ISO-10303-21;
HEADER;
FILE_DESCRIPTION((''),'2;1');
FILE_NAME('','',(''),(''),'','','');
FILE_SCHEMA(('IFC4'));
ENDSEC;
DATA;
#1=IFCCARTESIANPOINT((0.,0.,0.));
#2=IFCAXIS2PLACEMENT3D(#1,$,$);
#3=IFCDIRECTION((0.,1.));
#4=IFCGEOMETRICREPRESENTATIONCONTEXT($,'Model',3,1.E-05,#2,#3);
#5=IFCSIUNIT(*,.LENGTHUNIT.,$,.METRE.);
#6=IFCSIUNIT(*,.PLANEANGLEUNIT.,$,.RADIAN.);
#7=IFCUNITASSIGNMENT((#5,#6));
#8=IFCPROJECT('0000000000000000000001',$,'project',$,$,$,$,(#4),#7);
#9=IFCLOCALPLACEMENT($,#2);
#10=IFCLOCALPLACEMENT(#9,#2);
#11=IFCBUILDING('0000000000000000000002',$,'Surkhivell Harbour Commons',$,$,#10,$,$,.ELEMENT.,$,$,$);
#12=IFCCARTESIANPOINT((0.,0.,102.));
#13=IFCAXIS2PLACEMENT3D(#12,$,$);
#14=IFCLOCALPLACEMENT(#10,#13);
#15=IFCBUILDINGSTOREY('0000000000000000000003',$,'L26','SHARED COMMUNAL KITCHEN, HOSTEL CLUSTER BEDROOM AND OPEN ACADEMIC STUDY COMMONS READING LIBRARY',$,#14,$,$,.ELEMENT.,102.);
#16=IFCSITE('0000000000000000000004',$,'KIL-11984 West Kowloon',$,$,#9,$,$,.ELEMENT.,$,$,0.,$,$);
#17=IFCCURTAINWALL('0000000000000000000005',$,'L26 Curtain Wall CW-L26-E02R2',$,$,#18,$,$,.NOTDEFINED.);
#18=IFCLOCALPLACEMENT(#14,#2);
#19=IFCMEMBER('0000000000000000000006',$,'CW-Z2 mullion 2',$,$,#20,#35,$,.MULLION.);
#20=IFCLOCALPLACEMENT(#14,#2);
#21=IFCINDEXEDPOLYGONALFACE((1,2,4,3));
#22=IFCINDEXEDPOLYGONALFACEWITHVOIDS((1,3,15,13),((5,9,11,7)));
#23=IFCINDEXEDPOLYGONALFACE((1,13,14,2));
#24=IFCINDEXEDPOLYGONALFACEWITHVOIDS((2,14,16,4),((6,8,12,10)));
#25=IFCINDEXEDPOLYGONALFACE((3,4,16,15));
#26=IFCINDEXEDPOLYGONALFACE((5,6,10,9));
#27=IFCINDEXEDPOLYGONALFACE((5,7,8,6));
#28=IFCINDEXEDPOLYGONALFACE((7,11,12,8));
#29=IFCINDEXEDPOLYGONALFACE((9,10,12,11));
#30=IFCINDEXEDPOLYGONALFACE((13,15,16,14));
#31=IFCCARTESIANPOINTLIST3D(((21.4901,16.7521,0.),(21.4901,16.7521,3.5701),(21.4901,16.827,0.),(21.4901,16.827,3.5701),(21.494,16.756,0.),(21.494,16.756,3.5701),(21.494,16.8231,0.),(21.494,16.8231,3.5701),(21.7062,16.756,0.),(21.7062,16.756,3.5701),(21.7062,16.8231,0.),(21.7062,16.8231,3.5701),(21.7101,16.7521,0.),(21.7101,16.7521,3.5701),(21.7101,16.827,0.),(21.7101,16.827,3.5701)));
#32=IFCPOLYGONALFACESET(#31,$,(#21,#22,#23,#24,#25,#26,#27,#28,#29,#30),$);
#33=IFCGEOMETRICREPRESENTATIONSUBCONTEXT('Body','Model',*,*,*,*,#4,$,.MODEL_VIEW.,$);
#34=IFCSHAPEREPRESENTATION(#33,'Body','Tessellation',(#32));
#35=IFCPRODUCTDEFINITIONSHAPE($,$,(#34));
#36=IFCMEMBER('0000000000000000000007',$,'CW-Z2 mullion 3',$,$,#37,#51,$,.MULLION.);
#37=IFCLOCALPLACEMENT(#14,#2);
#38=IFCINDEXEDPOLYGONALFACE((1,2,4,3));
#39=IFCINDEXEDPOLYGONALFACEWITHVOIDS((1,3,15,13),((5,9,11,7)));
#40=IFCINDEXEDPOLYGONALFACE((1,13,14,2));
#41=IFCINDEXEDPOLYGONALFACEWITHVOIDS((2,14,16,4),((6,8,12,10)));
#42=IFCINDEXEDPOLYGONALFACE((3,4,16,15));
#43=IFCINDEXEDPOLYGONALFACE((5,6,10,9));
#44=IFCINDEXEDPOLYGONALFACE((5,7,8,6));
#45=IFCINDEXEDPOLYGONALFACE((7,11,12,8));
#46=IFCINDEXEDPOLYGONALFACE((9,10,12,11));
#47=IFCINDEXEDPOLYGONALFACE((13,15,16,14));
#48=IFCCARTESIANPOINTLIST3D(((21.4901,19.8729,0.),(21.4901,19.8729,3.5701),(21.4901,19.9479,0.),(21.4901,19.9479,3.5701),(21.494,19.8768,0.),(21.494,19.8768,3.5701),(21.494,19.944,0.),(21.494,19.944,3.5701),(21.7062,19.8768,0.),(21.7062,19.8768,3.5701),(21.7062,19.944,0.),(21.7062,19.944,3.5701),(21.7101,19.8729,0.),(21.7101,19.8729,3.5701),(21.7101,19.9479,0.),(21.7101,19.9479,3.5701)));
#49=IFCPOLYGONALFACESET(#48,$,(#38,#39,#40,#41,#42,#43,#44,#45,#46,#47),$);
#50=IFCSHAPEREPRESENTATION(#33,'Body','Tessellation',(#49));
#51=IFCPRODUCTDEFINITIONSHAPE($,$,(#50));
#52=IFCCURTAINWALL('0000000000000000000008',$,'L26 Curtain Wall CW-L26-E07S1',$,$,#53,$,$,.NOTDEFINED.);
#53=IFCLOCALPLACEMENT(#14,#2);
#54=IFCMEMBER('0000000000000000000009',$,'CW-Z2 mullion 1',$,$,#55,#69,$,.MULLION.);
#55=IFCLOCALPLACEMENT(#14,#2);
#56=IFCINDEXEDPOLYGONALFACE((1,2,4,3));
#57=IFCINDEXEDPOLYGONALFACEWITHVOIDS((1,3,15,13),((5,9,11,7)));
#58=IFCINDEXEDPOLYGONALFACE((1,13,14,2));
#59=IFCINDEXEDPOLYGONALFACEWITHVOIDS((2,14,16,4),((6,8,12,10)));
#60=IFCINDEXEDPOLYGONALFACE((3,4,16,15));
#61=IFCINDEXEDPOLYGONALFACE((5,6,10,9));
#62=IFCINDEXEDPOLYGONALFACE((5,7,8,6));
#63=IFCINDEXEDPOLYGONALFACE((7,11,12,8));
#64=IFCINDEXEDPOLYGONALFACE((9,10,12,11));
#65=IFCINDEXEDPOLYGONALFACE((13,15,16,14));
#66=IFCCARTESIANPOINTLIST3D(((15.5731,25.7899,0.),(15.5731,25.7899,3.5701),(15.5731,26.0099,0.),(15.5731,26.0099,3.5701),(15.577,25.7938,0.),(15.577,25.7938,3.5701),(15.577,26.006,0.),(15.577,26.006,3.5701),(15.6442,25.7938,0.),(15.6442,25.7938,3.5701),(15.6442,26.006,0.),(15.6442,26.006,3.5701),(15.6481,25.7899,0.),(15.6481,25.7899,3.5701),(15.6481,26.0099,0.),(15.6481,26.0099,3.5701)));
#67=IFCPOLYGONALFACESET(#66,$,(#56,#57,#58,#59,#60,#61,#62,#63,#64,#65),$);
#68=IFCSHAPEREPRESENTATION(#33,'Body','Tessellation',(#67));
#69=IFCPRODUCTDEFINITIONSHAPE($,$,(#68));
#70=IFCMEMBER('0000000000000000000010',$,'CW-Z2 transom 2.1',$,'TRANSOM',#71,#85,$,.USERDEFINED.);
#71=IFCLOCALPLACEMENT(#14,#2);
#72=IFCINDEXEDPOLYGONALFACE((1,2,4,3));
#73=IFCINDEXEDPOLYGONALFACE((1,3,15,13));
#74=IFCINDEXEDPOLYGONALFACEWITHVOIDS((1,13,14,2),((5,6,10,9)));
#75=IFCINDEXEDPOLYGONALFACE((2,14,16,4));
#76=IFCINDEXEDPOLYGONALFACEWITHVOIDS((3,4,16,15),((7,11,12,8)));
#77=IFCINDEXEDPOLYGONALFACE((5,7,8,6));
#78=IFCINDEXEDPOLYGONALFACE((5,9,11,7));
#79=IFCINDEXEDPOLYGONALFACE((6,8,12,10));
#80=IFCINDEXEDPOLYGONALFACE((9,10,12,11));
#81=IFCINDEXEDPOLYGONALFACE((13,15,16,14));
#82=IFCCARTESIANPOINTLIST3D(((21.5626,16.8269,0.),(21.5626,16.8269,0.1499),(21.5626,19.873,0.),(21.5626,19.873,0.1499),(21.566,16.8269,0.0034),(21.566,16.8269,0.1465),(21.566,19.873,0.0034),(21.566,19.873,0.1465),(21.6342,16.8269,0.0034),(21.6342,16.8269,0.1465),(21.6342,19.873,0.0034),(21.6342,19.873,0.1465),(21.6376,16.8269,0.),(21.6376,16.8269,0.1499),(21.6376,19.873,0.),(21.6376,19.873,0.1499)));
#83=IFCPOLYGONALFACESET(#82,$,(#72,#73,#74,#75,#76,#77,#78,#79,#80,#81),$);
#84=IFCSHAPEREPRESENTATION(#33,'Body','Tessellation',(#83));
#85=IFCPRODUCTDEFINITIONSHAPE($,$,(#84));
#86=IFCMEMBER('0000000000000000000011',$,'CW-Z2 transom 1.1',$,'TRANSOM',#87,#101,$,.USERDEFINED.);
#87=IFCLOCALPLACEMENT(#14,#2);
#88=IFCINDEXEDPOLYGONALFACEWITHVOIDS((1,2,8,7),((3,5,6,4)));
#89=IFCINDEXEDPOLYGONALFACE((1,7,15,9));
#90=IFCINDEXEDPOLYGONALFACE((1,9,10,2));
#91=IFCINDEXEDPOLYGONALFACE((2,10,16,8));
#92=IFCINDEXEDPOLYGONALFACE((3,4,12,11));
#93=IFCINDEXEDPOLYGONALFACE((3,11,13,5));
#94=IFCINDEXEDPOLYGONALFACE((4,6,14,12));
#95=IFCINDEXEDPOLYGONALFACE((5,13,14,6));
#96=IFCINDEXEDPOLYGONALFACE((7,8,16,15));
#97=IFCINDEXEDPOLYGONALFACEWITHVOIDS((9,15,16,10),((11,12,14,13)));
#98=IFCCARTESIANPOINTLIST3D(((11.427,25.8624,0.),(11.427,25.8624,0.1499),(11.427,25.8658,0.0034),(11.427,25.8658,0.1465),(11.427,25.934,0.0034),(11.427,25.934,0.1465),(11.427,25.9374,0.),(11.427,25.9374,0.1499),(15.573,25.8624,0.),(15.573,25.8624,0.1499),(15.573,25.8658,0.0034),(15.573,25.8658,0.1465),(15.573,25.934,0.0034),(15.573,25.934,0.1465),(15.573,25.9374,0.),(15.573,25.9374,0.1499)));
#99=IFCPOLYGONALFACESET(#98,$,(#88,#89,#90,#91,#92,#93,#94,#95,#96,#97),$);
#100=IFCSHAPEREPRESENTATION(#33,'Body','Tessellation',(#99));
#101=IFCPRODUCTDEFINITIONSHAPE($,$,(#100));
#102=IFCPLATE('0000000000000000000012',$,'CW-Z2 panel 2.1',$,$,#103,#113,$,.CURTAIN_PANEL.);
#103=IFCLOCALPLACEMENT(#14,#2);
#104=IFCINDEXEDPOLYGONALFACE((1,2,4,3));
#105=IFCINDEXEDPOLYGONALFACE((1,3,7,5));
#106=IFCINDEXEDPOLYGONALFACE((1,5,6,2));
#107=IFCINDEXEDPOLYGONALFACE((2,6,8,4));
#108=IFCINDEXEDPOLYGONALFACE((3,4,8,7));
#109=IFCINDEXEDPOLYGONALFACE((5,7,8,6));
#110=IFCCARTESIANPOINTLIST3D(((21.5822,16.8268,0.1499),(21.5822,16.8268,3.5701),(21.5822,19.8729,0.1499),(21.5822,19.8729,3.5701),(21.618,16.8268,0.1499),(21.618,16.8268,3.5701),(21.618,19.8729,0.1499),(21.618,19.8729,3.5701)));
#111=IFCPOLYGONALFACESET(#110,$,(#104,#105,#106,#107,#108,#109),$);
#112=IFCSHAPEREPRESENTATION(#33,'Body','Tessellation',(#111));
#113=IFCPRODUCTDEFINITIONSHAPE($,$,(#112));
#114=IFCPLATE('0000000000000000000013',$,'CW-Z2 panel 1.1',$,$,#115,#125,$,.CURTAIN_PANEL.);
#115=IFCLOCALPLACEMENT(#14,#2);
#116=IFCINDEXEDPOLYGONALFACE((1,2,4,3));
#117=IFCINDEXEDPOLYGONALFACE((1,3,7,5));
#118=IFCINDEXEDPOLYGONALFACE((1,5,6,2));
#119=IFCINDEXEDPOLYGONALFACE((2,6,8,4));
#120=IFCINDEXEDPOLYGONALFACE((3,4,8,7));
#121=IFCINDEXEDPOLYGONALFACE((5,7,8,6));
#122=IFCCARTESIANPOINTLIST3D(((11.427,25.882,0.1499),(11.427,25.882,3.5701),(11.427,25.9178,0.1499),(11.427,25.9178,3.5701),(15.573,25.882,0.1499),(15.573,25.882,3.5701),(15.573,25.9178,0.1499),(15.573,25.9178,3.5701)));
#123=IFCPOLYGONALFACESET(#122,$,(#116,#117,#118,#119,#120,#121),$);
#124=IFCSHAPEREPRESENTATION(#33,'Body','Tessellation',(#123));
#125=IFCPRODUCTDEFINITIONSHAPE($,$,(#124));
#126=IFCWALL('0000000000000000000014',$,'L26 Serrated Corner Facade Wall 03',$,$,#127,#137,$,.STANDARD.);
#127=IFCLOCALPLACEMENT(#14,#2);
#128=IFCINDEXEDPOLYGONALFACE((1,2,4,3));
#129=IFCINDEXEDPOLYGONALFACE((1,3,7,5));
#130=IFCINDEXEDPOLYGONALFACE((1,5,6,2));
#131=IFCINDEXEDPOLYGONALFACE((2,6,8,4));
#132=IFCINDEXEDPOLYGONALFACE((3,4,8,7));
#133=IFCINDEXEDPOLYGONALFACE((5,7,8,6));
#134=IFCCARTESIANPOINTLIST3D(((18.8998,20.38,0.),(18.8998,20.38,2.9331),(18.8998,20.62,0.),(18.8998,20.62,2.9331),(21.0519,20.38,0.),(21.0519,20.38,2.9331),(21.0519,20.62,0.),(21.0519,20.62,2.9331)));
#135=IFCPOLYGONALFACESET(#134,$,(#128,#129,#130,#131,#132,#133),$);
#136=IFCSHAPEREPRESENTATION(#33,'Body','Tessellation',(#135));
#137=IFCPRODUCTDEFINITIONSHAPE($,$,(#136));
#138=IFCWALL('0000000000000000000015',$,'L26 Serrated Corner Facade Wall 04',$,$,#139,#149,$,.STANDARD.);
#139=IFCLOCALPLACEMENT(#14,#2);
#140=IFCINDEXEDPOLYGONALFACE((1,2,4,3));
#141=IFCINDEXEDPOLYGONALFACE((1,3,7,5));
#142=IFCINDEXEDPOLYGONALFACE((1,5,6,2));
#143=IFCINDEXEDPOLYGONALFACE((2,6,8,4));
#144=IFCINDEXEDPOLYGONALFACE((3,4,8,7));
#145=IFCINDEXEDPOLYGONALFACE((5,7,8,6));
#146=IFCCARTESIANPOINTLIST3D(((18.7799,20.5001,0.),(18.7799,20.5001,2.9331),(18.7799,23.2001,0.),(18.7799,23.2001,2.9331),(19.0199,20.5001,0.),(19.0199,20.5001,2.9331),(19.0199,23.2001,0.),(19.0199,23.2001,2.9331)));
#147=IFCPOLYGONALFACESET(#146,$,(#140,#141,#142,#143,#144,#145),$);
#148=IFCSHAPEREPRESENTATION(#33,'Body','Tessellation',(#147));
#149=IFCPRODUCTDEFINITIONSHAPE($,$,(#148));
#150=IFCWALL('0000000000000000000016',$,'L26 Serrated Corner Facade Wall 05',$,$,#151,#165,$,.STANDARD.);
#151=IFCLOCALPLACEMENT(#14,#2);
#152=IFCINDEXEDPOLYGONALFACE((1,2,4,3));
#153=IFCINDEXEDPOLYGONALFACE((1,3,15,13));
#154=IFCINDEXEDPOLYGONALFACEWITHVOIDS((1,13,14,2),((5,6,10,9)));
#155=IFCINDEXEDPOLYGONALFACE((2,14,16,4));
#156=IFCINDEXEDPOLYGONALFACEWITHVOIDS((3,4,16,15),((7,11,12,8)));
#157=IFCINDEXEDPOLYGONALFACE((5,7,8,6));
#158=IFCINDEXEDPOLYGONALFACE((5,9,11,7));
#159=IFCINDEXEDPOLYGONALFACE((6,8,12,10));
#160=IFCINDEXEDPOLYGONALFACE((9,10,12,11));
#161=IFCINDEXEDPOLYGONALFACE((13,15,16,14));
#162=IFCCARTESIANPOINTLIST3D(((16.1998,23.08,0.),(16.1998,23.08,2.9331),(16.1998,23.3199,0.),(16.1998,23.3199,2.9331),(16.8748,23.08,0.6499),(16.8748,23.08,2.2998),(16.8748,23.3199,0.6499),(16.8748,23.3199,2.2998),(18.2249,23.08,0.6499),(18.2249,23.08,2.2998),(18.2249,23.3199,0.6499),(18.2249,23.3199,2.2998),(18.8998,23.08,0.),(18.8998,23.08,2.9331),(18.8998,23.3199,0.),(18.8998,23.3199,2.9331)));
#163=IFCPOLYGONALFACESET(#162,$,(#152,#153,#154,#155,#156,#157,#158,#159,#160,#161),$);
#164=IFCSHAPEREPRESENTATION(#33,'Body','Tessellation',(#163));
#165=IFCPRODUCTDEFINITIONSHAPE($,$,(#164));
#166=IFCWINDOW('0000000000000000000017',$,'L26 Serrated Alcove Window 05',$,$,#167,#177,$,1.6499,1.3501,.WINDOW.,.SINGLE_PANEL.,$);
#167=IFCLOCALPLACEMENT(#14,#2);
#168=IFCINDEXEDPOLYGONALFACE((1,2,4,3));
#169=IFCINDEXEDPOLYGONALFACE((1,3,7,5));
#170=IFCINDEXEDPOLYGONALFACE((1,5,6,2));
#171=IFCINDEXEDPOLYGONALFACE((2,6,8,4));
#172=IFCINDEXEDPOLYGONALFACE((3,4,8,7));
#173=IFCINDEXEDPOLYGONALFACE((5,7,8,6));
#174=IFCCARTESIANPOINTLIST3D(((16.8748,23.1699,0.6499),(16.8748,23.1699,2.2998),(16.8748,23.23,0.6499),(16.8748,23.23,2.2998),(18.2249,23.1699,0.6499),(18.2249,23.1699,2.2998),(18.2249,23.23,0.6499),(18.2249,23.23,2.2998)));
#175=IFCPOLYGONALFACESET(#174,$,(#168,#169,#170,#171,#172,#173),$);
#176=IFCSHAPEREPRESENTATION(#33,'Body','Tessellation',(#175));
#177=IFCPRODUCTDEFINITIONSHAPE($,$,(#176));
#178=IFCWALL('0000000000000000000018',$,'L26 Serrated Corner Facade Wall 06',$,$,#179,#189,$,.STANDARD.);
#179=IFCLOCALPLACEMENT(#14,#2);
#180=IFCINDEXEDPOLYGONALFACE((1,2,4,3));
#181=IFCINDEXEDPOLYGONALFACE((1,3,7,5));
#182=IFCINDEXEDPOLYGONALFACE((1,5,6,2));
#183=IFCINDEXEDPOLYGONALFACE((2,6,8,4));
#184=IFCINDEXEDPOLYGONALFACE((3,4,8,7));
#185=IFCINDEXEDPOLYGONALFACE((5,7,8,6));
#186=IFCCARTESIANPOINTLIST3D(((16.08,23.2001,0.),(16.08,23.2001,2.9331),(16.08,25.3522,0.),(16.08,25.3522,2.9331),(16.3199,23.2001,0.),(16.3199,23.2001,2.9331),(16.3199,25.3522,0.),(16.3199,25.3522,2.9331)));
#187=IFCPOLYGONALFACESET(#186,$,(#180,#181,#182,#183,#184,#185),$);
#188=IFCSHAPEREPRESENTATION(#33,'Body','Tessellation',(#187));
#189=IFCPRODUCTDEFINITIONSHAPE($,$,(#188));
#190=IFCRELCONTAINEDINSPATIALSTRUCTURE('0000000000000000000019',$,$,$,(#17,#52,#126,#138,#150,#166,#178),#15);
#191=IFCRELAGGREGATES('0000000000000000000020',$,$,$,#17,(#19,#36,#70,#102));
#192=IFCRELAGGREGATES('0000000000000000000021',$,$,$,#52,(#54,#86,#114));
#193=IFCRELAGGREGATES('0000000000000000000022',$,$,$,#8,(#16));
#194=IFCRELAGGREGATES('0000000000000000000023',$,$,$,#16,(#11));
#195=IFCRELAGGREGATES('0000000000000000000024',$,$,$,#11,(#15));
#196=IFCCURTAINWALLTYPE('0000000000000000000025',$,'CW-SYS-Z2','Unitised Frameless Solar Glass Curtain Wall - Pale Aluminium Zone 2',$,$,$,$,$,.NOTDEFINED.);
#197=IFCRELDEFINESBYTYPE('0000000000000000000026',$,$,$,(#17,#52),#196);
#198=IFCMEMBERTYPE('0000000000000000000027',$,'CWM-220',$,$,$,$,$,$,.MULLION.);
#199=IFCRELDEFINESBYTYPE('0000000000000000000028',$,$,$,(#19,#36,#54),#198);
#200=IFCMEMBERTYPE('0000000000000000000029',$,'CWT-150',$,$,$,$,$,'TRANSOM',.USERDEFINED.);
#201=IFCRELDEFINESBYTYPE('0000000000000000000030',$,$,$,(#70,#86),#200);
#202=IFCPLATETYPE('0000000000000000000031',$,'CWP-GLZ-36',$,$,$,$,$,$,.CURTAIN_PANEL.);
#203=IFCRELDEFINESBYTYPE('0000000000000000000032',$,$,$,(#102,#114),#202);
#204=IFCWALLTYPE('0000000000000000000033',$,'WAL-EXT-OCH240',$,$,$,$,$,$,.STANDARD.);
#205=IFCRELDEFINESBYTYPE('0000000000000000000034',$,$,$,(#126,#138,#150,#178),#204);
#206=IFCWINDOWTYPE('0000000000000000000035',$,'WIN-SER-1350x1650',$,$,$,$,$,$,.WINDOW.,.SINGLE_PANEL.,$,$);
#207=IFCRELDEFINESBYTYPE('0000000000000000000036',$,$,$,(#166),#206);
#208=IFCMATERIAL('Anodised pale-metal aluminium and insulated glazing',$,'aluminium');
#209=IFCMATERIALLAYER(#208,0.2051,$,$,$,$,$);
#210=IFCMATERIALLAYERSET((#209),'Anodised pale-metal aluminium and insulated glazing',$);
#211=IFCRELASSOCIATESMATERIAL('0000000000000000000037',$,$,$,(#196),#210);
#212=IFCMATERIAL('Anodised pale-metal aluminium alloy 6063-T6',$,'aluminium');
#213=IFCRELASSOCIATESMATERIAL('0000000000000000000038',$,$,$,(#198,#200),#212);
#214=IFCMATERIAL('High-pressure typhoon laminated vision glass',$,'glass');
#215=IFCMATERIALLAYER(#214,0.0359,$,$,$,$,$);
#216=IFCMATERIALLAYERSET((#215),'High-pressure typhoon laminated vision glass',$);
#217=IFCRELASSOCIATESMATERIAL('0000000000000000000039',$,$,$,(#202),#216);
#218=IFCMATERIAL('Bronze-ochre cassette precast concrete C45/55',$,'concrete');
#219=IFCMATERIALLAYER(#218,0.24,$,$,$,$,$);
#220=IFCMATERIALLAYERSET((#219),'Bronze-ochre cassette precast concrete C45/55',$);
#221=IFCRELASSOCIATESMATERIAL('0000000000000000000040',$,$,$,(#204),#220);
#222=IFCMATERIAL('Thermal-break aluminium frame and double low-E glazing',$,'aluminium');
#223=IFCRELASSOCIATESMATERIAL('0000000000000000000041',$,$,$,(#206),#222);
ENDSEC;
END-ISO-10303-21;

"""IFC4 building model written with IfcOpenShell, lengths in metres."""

from ifc_helpers import new_model, si_unit, direction, frame, frame_2d, origin, origin_2d, place, context, subcontext, project, spatial, rectangle, hollow_rectangle, extrude, material, layer, layer_set, material_profile, profile_set, type_object, element, fill, aggregate, save


model = new_model("IFC4")

# Units and contexts
model_context = context("Model", 3, precision=1e-05, world=origin(), true_north=direction((0.0, 1.0)))
body_context = subcontext(model_context, "Body", "Model", "MODEL_VIEW")
ifc_project = project(units=[si_unit("LENGTHUNIT", "METRE"), si_unit("PLANEANGLEUNIT", "RADIAN")], contexts=[model_context])

# Site, building, storey
site_placement = place(None, origin())
site = spatial("IfcSite", under=ifc_project, at=site_placement, Name="KIL-11984 West Kowloon", CompositionType="ELEMENT", RefElevation=0.0)
building_placement = place(site_placement, origin())
building = spatial("IfcBuilding", under=site, at=building_placement, Name="Surkhivell Harbour Commons", CompositionType="ELEMENT")
storey_placement = place(building_placement, frame((0.0, 0.0, 102.0)))
storey = spatial("IfcBuildingStorey", under=building, at=storey_placement, Name="L26", Description="SHARED COMMUNAL KITCHEN, HOSTEL CLUSTER BEDROOM AND OPEN ACADEMIC STUDY COMMONS READING LIBRARY", CompositionType="ELEMENT", Elevation=102.0)

# Curtain wall, members
ifc_material_1 = material(Name="Anodised pale-metal aluminium and insulated glazing", Category="aluminium")
ifc_layer_1 = layer(ifc_material_1, 0.2051)
ifc_layer_set_1 = layer_set([ifc_layer_1], Name="Anodised pale-metal aluminium and insulated glazing")
curtain_wall_type = type_object("IfcCurtainWallType", Name="CW-SYS-Z2", Description="Unitised Frameless Solar Glass Curtain Wall - Pale Aluminium Zone 2", PredefinedType="NOTDEFINED", material=ifc_layer_set_1)
curtain_wall_1_placement = place(storey_placement, origin())
curtain_wall_1 = element("IfcCurtainWall", 1, at=curtain_wall_1_placement, inside=storey, type_object=curtain_wall_type, Name="L26 Curtain Wall CW-L26-E02R2", PredefinedType="NOTDEFINED")
ifc_material_2 = material(Name="Anodised pale-metal aluminium alloy 6063-T6", Category="aluminium")
ifc_material_profile_1 = material_profile(ifc_material_2, hollow_rectangle(XDim=0.075, YDim=0.22, WallThickness=0.0039, at=origin_2d()), Name="ALU-MULL-75x220")
ifc_profile_set_1 = profile_set([ifc_material_profile_1], Name="Anodised pale-metal aluminium alloy 6063-T6")
member_type_1 = type_object("IfcMemberType", Name="CWM-220", PredefinedType="MULLION", material=ifc_profile_set_1)
member_1_placement = place(storey_placement, frame((21.6001, 16.7896, 0.0), z_axis=(0.0, 0.0, 1.0), x_axis=(0.0, 1.0, 0.0)))
member_1 = element("IfcMember", 2, at=member_1_placement, type_object=member_type_1, Name="CW-Z2 mullion 2", PredefinedType="MULLION", context=body_context, shape_type="SweptSolid", body=[
    extrude(hollow_rectangle(XDim=0.075, YDim=0.22, WallThickness=0.0039, at=origin_2d()), origin(), (0.0, 0.0, 1.0), 3.5701),
])
member_2_placement = place(storey_placement, frame((21.6001, 19.9104, 0.0), z_axis=(0.0, 0.0, 1.0), x_axis=(0.0, 1.0, 0.0)))
member_2 = element("IfcMember", 3, at=member_2_placement, type_object=member_type_1, Name="CW-Z2 mullion 3", PredefinedType="MULLION", context=body_context, shape_type="SweptSolid", body=[
    extrude(hollow_rectangle(XDim=0.075, YDim=0.22, WallThickness=0.0039, at=origin_2d()), origin(), (0.0, 0.0, 1.0), 3.5701),
])

# Curtain wall, member
curtain_wall_2_placement = place(storey_placement, origin())
curtain_wall_2 = element("IfcCurtainWall", 4, at=curtain_wall_2_placement, inside=storey, type_object=curtain_wall_type, Name="L26 Curtain Wall CW-L26-E07S1", PredefinedType="NOTDEFINED")
member_3_placement = place(storey_placement, frame((15.6106, 25.8999, 0.0), z_axis=(0.0, 0.0, 1.0), x_axis=(-1.0, 0.0, 0.0)))
member_3 = element("IfcMember", 5, at=member_3_placement, type_object=member_type_1, Name="CW-Z2 mullion 1", PredefinedType="MULLION", context=body_context, shape_type="SweptSolid", body=[
    extrude(hollow_rectangle(XDim=0.075, YDim=0.22, WallThickness=0.0039, at=origin_2d()), origin(), (0.0, 0.0, 1.0), 3.5701),
])

# Members
ifc_material_profile_2 = material_profile(ifc_material_2, hollow_rectangle(XDim=0.075, YDim=0.1499, WallThickness=0.0034, at=origin_2d()), Name="ALU-TRAN-75x150")
ifc_profile_set_2 = profile_set([ifc_material_profile_2], Name="Anodised pale-metal aluminium alloy 6063-T6")
member_type_2 = type_object("IfcMemberType", Name="CWT-150", ElementType="TRANSOM", PredefinedType="USERDEFINED", material=ifc_profile_set_2)
member_4_placement = place(storey_placement, frame((21.6001, 16.8269, 0.075), z_axis=(0.0, 1.0, 0.0), x_axis=(-1.0, 0.0, 0.0)))
member_4 = element("IfcMember", 6, at=member_4_placement, type_object=member_type_2, Name="CW-Z2 transom 2.1", ObjectType="TRANSOM", PredefinedType="USERDEFINED", context=body_context, shape_type="SweptSolid", body=[
    extrude(hollow_rectangle(XDim=0.075, YDim=0.1499, WallThickness=0.0034, at=origin_2d()), origin(), (0.0, 0.0, 1.0), 3.0461),
])
member_5_placement = place(storey_placement, frame((15.573, 25.8999, 0.075), z_axis=(-1.0, 0.0, 0.0), x_axis=(0.0, -1.0, 0.0)))
member_5 = element("IfcMember", 7, at=member_5_placement, type_object=member_type_2, Name="CW-Z2 transom 1.1", ObjectType="TRANSOM", PredefinedType="USERDEFINED", context=body_context, shape_type="SweptSolid", body=[
    extrude(hollow_rectangle(XDim=0.075, YDim=0.1499, WallThickness=0.0034, at=origin_2d()), origin(), (0.0, 0.0, 1.0), 4.146),
])

# Plates
ifc_material_3 = material(Name="High-pressure typhoon laminated vision glass", Category="glass")
ifc_layer_2 = layer(ifc_material_3, 0.0359)
ifc_layer_set_2 = layer_set([ifc_layer_2], Name="High-pressure typhoon laminated vision glass")
plate_type = type_object("IfcPlateType", Name="CWP-GLZ-36", PredefinedType="CURTAIN_PANEL", material=ifc_layer_set_2)
plate_1_placement = place(storey_placement, frame((21.6001, 16.8269, 0.1499), z_axis=(0.0, 0.0, 1.0), x_axis=(0.0, 1.0, 0.0)))
plate_1 = element("IfcPlate", 8, at=plate_1_placement, type_object=plate_type, Name="CW-Z2 panel 2.1", PredefinedType="CURTAIN_PANEL", context=body_context, shape_type="SweptSolid", body=[
    extrude(rectangle(XDim=3.0461, YDim=0.0359, at=frame_2d((1.5229, 0.0))), origin(), (0.0, 0.0, 1.0), 3.4202),
])
aggregate(curtain_wall_1, [member_1, member_2, member_4, plate_1])
plate_2_placement = place(storey_placement, frame((15.573, 25.8999, 0.1499), z_axis=(0.0, 0.0, 1.0), x_axis=(-1.0, 0.0, 0.0)))
plate_2 = element("IfcPlate", 9, at=plate_2_placement, type_object=plate_type, Name="CW-Z2 panel 1.1", PredefinedType="CURTAIN_PANEL", context=body_context, shape_type="SweptSolid", body=[
    extrude(rectangle(XDim=4.146, YDim=0.0359, at=frame_2d((2.073, 0.0))), origin(), (0.0, 0.0, 1.0), 3.4202),
])
aggregate(curtain_wall_2, [member_3, member_5, plate_2])

# Walls
ifc_material_4 = material(Name="Bronze-ochre cassette precast concrete C45/55", Category="concrete")
ifc_layer_3 = layer(ifc_material_4, 0.24)
ifc_layer_set_3 = layer_set([ifc_layer_3], Name="Bronze-ochre cassette precast concrete C45/55")
wall_type_1 = type_object("IfcWallType", Name="WAL-EXT-OCH240", PredefinedType="STANDARD", material=ifc_layer_set_3)
wall_1_placement = place(storey_placement, frame((21.052, 20.5, 0.0), z_axis=(0.0, 0.0, 1.0), x_axis=(-1.0, 0.0, 0.0)))
element("IfcWall", 10, at=wall_1_placement, inside=storey, type_object=wall_type_1, Name="L26 Serrated Corner Facade Wall 03", PredefinedType="STANDARD", context=body_context, shape_type="SweptSolid", body=[
    extrude(rectangle(XDim=2.1521, YDim=0.24, at=frame_2d((1.0762, 0.0))), origin(), (0.0, 0.0, 1.0), 2.9331),
])
wall_2_placement = place(storey_placement, frame((18.8999, 20.5, 0.0), z_axis=(0.0, 0.0, 1.0), x_axis=(0.0, 1.0, 0.0)))
element("IfcWall", 11, at=wall_2_placement, inside=storey, type_object=wall_type_1, Name="L26 Serrated Corner Facade Wall 04", PredefinedType="STANDARD", context=body_context, shape_type="SweptSolid", body=[
    extrude(rectangle(XDim=2.7, YDim=0.24, at=frame_2d((1.3501, 0.0))), origin(), (0.0, 0.0, 1.0), 2.9331),
])

# Wall, opening, window
wall_3_placement = place(storey_placement, frame((18.8999, 23.2, 0.0), z_axis=(0.0, 0.0, 1.0), x_axis=(-1.0, 0.0, 0.0)))
wall_3 = element("IfcWall", 12, at=wall_3_placement, inside=storey, type_object=wall_type_1, Name="L26 Serrated Corner Facade Wall 05", PredefinedType="STANDARD", context=body_context, shape_type="SweptSolid", body=[
    extrude(rectangle(XDim=2.7, YDim=0.24, at=frame_2d((1.3501, 0.0))), origin(), (0.0, 0.0, 1.0), 2.9331),
])
opening_placement = place(wall_3_placement, frame((0.675, 0.0, 0.6499)))
opening = element("IfcOpeningElement", 13, at=opening_placement, cuts=wall_3, PredefinedType="OPENING", context=body_context, shape_type="SweptSolid", body=[
    extrude(rectangle(XDim=1.3501, YDim=1.6499, at=frame_2d((0.675, 0.825))), frame((0.0, 0.1299, 0.0), z_axis=(0.0, -1.0, 0.0), x_axis=(1.0, 0.0, 0.0)), (0.0, 0.0, 1.0), 0.26),
])
ifc_material_5 = material(Name="Thermal-break aluminium frame and double low-E glazing", Category="aluminium")
window_type = type_object("IfcWindowType", Name="WIN-SER-1350x1650", PartitioningType="SINGLE_PANEL", PredefinedType="WINDOW", material=ifc_material_5)
window_placement = place(opening_placement, origin())
window = element("IfcWindow", 14, at=window_placement, inside=storey, type_object=window_type, Name="L26 Serrated Alcove Window 05", OverallHeight=1.6499, OverallWidth=1.3501, PartitioningType="SINGLE_PANEL", PredefinedType="WINDOW", context=body_context, shape_type="SweptSolid", body=[
    extrude(rectangle(XDim=1.3501, YDim=1.6499, at=frame_2d((0.675, 0.825))), frame((0.0, 0.03, 0.0), z_axis=(0.0, -1.0, 0.0), x_axis=(1.0, 0.0, 0.0)), (0.0, 0.0, 1.0), 0.0601),
])
fill(opening, window)

# Wall
wall_4_placement = place(storey_placement, frame((16.2, 23.2, 0.0), z_axis=(0.0, 0.0, 1.0), x_axis=(0.0, 1.0, 0.0)))
element("IfcWall", 15, at=wall_4_placement, inside=storey, type_object=wall_type_1, Name="L26 Serrated Corner Facade Wall 06", PredefinedType="STANDARD", context=body_context, shape_type="SweptSolid", body=[
    extrude(rectangle(XDim=2.1521, YDim=0.24, at=frame_2d((1.0762, 0.0))), origin(), (0.0, 0.0, 1.0), 2.9331),
])

save(model, "model.ifc")
